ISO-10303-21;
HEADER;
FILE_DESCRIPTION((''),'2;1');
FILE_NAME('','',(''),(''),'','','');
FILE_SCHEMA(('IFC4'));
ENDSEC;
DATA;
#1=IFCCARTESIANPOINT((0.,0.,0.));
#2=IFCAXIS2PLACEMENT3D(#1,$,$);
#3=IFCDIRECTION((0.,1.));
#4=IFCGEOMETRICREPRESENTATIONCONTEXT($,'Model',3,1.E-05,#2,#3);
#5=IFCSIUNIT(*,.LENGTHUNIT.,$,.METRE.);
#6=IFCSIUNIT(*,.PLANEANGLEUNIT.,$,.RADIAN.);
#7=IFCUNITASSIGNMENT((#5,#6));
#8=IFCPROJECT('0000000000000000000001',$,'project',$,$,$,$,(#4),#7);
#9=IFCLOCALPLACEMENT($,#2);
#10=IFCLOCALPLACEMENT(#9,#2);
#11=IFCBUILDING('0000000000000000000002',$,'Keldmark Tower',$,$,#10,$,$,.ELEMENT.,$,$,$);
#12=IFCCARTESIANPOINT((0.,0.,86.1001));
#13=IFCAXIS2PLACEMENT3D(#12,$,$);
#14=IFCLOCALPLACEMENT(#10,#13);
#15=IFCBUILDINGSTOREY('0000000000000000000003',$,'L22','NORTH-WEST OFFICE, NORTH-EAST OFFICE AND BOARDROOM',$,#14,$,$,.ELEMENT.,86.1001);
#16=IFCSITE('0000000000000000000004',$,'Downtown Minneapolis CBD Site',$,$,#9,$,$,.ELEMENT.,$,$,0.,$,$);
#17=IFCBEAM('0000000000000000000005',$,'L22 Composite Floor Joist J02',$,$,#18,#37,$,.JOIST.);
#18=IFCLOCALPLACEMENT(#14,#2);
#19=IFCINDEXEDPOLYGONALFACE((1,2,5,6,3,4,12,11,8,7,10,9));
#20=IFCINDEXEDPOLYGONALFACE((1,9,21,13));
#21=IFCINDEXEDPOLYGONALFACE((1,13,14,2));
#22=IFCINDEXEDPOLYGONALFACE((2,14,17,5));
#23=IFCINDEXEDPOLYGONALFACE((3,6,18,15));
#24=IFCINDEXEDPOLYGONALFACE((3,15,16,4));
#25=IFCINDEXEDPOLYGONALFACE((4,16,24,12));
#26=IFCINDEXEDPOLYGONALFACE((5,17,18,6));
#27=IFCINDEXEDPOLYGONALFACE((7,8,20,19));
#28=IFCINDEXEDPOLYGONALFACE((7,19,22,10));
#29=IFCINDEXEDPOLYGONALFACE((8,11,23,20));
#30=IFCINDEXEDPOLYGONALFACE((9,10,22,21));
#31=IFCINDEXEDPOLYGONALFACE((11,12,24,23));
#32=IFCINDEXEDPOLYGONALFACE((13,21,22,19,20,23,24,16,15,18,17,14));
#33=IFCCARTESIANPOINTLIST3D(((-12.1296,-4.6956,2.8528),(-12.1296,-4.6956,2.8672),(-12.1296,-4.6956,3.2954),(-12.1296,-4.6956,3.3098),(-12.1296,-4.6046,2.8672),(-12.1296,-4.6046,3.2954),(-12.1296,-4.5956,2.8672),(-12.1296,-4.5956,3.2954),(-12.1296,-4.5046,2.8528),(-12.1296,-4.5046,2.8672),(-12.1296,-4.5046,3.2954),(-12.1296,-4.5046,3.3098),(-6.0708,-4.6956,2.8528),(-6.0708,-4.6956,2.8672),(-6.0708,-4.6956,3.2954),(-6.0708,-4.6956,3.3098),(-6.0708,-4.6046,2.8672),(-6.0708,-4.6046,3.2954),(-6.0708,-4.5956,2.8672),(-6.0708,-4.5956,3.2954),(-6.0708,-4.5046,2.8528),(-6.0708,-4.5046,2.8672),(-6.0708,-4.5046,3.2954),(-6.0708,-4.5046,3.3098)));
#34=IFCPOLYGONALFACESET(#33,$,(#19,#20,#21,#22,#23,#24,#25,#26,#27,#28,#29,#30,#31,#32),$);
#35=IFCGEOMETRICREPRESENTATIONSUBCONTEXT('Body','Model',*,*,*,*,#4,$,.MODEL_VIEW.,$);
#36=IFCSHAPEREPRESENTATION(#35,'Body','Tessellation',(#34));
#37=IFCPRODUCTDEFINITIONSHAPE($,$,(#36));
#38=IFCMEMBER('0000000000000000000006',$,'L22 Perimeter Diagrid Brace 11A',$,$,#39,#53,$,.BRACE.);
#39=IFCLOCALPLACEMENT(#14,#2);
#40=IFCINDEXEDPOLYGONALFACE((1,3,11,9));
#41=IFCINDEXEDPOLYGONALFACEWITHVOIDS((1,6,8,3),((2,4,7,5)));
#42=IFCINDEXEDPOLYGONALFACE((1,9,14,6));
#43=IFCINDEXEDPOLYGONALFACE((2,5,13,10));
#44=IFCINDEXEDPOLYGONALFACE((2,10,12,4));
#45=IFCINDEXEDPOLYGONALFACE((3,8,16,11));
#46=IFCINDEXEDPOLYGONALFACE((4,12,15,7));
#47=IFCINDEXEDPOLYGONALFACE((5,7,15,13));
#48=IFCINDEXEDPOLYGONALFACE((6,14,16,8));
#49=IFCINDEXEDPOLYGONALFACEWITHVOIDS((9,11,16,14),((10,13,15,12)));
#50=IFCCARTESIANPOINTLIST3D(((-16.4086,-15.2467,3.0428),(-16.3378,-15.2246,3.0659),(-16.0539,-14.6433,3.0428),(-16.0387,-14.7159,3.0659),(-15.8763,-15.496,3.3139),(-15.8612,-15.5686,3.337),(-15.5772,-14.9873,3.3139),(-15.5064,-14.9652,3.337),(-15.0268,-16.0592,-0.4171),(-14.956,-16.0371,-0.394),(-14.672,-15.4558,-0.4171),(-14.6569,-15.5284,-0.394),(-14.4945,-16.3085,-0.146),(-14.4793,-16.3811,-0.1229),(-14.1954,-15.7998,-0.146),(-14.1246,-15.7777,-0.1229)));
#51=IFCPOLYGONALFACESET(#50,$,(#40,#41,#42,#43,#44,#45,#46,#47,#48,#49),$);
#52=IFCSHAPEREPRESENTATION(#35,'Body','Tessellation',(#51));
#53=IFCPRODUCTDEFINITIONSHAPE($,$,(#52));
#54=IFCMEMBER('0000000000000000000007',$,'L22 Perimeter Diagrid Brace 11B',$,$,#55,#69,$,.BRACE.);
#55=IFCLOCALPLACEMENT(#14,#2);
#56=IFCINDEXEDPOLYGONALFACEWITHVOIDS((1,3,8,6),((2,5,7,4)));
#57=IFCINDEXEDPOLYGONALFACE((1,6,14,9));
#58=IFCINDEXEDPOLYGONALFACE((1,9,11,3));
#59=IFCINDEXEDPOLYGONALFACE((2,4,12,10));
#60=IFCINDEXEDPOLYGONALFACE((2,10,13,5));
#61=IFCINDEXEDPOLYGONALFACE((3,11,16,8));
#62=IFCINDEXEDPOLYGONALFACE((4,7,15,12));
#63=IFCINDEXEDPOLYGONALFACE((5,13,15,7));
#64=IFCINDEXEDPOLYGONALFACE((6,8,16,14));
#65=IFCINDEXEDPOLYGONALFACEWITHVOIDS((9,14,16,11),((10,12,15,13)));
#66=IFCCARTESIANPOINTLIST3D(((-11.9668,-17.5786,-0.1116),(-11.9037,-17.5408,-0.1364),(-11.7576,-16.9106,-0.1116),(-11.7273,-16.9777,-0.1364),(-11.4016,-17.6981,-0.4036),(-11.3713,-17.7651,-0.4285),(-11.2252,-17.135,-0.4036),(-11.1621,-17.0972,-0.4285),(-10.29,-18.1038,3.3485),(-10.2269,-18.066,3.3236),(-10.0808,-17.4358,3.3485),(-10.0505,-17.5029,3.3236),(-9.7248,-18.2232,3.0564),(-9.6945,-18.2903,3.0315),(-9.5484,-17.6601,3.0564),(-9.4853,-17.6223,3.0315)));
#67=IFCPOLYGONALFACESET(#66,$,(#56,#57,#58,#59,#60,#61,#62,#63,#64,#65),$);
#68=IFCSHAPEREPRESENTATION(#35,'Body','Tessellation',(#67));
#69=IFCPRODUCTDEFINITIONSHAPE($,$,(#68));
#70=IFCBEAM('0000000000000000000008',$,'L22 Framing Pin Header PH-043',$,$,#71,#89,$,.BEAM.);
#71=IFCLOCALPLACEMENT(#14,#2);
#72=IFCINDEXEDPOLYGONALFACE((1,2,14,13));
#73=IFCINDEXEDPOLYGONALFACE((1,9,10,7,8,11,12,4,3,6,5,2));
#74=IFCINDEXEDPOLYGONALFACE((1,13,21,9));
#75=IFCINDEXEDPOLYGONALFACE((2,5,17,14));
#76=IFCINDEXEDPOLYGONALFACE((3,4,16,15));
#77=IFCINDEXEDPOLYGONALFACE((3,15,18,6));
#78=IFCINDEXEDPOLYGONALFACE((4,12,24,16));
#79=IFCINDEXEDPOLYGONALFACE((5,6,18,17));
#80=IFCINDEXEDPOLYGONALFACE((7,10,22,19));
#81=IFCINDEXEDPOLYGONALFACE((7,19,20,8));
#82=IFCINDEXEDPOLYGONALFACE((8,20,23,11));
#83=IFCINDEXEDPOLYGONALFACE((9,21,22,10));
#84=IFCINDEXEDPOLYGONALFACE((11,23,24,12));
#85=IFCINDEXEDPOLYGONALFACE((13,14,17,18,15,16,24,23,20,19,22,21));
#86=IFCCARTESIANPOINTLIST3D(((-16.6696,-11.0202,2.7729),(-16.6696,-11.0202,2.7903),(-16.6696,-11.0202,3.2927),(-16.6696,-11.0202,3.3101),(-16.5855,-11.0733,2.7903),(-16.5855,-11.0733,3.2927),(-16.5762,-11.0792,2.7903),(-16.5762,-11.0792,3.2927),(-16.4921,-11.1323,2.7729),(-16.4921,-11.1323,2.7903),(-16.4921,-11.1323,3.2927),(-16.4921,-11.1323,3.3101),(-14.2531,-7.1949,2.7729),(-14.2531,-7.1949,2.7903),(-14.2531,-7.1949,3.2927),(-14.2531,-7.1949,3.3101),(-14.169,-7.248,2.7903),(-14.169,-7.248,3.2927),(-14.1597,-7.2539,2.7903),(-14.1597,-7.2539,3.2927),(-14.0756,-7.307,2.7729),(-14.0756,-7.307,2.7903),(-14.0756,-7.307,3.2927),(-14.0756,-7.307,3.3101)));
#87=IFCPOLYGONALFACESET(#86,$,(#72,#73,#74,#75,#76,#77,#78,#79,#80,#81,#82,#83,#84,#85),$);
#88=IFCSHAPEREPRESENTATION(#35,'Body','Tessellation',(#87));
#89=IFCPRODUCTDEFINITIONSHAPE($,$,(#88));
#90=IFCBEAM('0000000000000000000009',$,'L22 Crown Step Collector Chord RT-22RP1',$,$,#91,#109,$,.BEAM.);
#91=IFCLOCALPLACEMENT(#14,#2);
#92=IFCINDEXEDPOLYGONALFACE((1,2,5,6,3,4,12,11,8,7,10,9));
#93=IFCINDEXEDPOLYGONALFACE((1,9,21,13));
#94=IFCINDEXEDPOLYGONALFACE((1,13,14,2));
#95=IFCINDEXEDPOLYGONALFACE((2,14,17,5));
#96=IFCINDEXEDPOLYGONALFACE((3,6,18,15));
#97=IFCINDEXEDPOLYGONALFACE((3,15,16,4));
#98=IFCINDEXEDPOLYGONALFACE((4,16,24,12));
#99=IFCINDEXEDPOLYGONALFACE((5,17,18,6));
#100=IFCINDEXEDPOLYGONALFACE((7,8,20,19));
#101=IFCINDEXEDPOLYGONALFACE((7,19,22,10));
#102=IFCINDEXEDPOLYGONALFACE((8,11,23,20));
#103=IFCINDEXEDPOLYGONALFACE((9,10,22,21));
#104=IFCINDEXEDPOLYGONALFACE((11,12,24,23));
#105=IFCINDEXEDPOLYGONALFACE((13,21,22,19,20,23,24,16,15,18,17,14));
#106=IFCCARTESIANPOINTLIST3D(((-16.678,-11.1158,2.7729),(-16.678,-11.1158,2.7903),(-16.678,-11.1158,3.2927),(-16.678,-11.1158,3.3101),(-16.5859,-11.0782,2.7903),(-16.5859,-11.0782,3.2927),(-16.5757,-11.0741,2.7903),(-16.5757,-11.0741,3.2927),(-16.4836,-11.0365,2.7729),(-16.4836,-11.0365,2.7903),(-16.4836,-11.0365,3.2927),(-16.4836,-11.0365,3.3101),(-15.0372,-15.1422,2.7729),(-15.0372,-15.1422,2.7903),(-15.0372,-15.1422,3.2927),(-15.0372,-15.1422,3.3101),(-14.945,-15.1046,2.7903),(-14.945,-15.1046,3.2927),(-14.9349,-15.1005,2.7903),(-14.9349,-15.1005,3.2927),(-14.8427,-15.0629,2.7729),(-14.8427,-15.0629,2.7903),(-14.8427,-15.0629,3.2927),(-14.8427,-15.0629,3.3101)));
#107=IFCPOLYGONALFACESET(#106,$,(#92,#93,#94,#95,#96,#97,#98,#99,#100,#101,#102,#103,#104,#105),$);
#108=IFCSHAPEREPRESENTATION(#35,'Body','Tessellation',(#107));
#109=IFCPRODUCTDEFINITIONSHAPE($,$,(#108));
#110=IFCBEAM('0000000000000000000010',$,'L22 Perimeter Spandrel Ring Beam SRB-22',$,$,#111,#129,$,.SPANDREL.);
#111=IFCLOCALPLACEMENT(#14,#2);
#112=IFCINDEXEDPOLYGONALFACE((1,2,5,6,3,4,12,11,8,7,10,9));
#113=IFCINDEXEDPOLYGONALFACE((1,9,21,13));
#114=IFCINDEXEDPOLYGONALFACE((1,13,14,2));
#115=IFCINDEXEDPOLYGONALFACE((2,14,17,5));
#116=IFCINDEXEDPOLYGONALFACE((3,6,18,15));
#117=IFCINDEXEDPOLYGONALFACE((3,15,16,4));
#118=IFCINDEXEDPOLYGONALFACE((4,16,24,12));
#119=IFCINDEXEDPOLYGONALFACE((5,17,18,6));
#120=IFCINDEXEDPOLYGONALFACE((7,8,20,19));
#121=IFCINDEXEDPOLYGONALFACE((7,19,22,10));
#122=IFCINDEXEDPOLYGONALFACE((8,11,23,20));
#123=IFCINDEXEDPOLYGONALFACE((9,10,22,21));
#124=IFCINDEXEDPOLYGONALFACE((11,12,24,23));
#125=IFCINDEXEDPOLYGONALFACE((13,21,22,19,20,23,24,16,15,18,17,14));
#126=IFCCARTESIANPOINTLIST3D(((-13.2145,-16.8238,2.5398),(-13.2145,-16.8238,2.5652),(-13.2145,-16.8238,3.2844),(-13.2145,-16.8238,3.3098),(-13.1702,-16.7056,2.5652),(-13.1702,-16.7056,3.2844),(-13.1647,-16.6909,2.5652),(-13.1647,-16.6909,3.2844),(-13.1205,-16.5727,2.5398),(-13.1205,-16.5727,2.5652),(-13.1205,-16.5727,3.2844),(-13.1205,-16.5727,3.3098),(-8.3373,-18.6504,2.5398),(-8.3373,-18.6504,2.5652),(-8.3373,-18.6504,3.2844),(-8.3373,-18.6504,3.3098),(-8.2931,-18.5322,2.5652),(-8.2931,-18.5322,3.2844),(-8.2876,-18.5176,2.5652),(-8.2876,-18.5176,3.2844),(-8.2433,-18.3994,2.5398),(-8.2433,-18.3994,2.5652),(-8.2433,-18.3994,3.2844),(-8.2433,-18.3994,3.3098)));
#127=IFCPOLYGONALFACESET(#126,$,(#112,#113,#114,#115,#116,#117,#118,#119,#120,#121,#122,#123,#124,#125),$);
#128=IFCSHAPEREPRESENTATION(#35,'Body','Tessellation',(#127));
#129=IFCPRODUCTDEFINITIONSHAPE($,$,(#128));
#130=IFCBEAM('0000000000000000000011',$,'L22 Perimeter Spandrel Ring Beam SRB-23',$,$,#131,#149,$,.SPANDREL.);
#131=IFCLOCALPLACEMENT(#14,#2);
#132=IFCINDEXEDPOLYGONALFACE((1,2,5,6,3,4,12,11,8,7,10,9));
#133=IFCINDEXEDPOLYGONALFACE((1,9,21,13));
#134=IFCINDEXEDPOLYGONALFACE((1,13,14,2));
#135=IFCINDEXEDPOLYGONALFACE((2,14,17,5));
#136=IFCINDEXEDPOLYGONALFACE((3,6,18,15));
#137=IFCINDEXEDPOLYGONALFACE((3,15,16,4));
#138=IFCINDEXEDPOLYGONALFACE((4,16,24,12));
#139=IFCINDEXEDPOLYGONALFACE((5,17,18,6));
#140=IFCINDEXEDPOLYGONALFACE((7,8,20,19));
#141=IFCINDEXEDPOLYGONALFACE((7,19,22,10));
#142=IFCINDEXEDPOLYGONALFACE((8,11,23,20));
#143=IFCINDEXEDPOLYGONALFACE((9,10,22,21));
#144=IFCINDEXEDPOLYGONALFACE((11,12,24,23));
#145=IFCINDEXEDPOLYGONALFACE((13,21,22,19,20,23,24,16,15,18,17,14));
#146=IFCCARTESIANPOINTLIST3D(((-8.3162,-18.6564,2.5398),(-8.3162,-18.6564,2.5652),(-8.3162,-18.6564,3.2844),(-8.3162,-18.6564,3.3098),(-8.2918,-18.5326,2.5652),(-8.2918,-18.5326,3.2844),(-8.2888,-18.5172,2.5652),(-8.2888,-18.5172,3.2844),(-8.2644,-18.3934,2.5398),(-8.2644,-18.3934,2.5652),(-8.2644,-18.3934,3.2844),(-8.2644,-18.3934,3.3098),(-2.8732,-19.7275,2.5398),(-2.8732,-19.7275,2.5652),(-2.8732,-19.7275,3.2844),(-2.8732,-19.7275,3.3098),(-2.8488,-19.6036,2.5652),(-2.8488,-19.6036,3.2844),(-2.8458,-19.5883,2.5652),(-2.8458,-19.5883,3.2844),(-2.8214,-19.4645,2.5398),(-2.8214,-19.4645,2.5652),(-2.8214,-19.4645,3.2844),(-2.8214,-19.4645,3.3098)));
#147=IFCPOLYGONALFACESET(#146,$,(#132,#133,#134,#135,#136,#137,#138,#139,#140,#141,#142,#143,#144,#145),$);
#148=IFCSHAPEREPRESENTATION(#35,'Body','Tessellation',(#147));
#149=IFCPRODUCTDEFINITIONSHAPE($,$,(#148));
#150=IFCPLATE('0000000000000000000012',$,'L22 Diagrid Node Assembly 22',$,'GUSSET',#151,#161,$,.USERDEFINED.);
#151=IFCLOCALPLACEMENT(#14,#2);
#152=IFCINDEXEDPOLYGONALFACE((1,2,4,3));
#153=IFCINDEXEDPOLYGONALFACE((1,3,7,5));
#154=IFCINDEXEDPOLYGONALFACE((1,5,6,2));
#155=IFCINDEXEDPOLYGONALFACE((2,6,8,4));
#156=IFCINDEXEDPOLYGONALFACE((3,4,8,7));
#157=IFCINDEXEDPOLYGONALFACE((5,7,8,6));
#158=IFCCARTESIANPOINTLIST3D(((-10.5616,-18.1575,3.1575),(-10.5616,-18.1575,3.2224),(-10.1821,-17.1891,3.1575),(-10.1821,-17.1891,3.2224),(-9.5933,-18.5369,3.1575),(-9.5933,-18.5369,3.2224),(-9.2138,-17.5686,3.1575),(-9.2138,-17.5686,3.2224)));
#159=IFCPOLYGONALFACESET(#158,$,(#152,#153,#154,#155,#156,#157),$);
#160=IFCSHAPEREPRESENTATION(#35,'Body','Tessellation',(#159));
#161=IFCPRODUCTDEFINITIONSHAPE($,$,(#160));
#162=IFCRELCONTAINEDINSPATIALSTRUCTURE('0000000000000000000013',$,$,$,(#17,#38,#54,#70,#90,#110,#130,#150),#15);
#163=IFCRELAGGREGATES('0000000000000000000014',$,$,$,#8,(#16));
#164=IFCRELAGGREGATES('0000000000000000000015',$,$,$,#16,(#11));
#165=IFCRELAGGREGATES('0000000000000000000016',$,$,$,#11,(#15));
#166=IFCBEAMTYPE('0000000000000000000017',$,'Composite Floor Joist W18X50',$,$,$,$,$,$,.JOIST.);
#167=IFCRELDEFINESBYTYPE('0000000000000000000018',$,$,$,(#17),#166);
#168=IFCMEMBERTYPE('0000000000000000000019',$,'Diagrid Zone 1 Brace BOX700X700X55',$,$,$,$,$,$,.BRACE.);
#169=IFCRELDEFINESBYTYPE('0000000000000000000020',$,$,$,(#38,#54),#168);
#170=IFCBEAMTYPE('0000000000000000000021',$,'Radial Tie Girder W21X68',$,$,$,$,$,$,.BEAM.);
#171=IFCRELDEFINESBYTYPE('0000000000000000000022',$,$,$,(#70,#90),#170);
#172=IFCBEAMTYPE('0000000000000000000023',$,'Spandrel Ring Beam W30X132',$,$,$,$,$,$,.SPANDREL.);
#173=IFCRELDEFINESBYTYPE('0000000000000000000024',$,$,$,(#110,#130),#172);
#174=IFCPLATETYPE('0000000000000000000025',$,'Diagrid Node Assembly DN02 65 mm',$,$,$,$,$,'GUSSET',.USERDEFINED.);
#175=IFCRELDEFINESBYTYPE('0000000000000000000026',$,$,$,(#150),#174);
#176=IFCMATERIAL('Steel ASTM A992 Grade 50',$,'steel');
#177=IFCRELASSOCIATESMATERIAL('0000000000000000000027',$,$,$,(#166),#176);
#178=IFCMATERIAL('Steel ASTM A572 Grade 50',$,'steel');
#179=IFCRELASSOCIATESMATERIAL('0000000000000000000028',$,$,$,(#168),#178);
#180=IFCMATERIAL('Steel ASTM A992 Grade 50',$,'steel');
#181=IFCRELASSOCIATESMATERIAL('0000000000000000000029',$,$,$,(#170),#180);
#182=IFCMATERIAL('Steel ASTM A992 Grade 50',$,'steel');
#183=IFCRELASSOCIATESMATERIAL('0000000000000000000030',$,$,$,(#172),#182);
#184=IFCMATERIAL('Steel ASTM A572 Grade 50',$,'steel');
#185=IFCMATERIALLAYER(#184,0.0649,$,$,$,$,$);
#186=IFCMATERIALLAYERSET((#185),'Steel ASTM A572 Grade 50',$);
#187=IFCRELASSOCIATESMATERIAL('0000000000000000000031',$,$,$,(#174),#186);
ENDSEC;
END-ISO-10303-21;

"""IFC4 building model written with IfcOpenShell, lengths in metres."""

from ifc_helpers import new_model, si_unit, direction, frame, origin, origin_2d, place, context, subcontext, project, spatial, rectangle, hollow_rectangle, i_section, extrude, material, layer, layer_set, material_profile, profile_set, type_object, element, save


model = new_model("IFC4")

# Units and contexts
model_context = context("Model", 3, precision=1e-05, world=origin(), true_north=direction((0.0, 1.0)))
body_context = subcontext(model_context, "Body", "Model", "MODEL_VIEW")
ifc_project = project(units=[si_unit("LENGTHUNIT", "METRE"), si_unit("PLANEANGLEUNIT", "RADIAN")], contexts=[model_context])

# Site, building, storey
site_placement = place(None, origin())
site = spatial("IfcSite", under=ifc_project, at=site_placement, Name="Downtown Minneapolis CBD Site", CompositionType="ELEMENT", RefElevation=0.0)
building_placement = place(site_placement, origin())
building = spatial("IfcBuilding", under=site, at=building_placement, Name="Keldmark Tower", CompositionType="ELEMENT")
storey_placement = place(building_placement, frame((0.0, 0.0, 86.1001)))
storey = spatial("IfcBuildingStorey", under=building, at=storey_placement, Name="L22", Description="NORTH-WEST OFFICE, NORTH-EAST OFFICE AND BOARDROOM", CompositionType="ELEMENT", Elevation=86.1001)

# Beam
ifc_material_1 = material(Name="Steel ASTM A992 Grade 50", Category="steel")
ifc_material_profile_1 = material_profile(ifc_material_1, i_section(OverallWidth=0.1909, OverallDepth=0.457, WebThickness=0.009, FlangeThickness=0.0144, at=origin_2d()), Name="W18X50")
ifc_profile_set_1 = profile_set([ifc_material_profile_1], Name="Steel ASTM A992 Grade 50")
beam_type_1 = type_object("IfcBeamType", Name="Composite Floor Joist W18X50", PredefinedType="JOIST", material=ifc_profile_set_1)
beam_1_placement = place(storey_placement, frame((-12.1296, -4.6001, 3.0813), z_axis=(1.0, 0.0, 0.0), x_axis=(0.0, 1.0, 0.0)))
element("IfcBeam", 1, at=beam_1_placement, inside=storey, type_object=beam_type_1, Name="L22 Composite Floor Joist J02", PredefinedType="JOIST", context=body_context, shape_type="SweptSolid", body=[
    extrude(i_section(OverallWidth=0.1909, OverallDepth=0.457, WebThickness=0.009, FlangeThickness=0.0144, at=origin_2d()), origin(), (0.0, 0.0, 1.0), 6.0588),
])

# Members
ifc_material_2 = material(Name="Steel ASTM A572 Grade 50", Category="steel")
ifc_material_profile_2 = material_profile(ifc_material_2, hollow_rectangle(XDim=0.7, YDim=0.7, WallThickness=0.0549, at=origin_2d()), Name="BOX700X700X55")
ifc_profile_set_2 = profile_set([ifc_material_profile_2], Name="Steel ASTM A572 Grade 50")
member_type = type_object("IfcMemberType", Name="Diagrid Zone 1 Brace BOX700X700X55", PredefinedType="BRACE", material=ifc_profile_set_2)
member_1_placement = place(storey_placement, frame((-14.5757, -15.9185, -0.27), z_axis=(-0.362376, 0.213072, 0.90735), x_axis=(-0.50686, -0.862028, 0.0)))
element("IfcMember", 2, at=member_1_placement, inside=storey, type_object=member_type, Name="L22 Perimeter Diagrid Brace 11A", PredefinedType="BRACE", context=body_context, shape_type="SweptSolid", body=[
    extrude(hollow_rectangle(XDim=0.7, YDim=0.7, WallThickness=0.0549, at=origin_2d()), origin(), (0.0, 0.0, 1.0), 3.8132),
])
member_2_placement = place(storey_placement, frame((-11.5645, -17.3379, -0.27), z_axis=(0.432093, -0.135328, 0.891617), x_axis=(0.298876, 0.954292, 0.0)))
element("IfcMember", 3, at=member_2_placement, inside=storey, type_object=member_type, Name="L22 Perimeter Diagrid Brace 11B", PredefinedType="BRACE", context=body_context, shape_type="SweptSolid", body=[
    extrude(hollow_rectangle(XDim=0.7, YDim=0.7, WallThickness=0.0549, at=origin_2d()), origin(), (0.0, 0.0, 1.0), 3.8806),
])

# Beams
ifc_material_3 = material(Name="Steel ASTM A992 Grade 50", Category="steel")
ifc_material_profile_3 = material_profile(ifc_material_3, i_section(OverallWidth=0.21, OverallDepth=0.5371, WebThickness=0.011, FlangeThickness=0.0173, at=origin_2d()), Name="W21X68")
ifc_profile_set_3 = profile_set([ifc_material_profile_3], Name="Steel ASTM A992 Grade 50")
beam_type_2 = type_object("IfcBeamType", Name="Radial Tie Girder W21X68", PredefinedType="BEAM", material=ifc_profile_set_3)
beam_2_placement = place(storey_placement, frame((-14.1643, -7.251, 3.0415), z_axis=(-0.534086, -0.84543, 0.0), x_axis=(0.84543, -0.534086, 0.0)))
element("IfcBeam", 4, at=beam_2_placement, inside=storey, type_object=beam_type_2, Name="L22 Framing Pin Header PH-043", PredefinedType="BEAM", context=body_context, shape_type="SweptSolid", body=[
    extrude(i_section(OverallWidth=0.21, OverallDepth=0.5371, WebThickness=0.011, FlangeThickness=0.0173, at=origin_2d()), origin(), (0.0, 0.0, 1.0), 4.5247),
])
beam_3_placement = place(storey_placement, frame((-14.9399, -15.1025, 3.0415), z_axis=(-0.377395, 0.926052, 0.0), x_axis=(-0.926052, -0.377395, 0.0)))
element("IfcBeam", 5, at=beam_3_placement, inside=storey, type_object=beam_type_2, Name="L22 Crown Step Collector Chord RT-22RP1", PredefinedType="BEAM", context=body_context, shape_type="SweptSolid", body=[
    extrude(i_section(OverallWidth=0.21, OverallDepth=0.5371, WebThickness=0.011, FlangeThickness=0.0173, at=origin_2d()), origin(), (0.0, 0.0, 1.0), 4.3479),
])
ifc_material_4 = material(Name="Steel ASTM A992 Grade 50", Category="steel")
ifc_material_profile_4 = material_profile(ifc_material_4, i_section(OverallWidth=0.2681, OverallDepth=0.77, WebThickness=0.0156, FlangeThickness=0.0254, at=origin_2d()), Name="W30X132")
ifc_profile_set_4 = profile_set([ifc_material_profile_4], Name="Steel ASTM A992 Grade 50")
beam_type_3 = type_object("IfcBeamType", Name="Spandrel Ring Beam W30X132", PredefinedType="SPANDREL", material=ifc_profile_set_4)
beam_4_placement = place(storey_placement, frame((-13.1675, -16.6982, 2.9248), z_axis=(0.936474, -0.350738, 0.0), x_axis=(0.350738, 0.936474, 0.0)))
element("IfcBeam", 6, at=beam_4_placement, inside=storey, type_object=beam_type_3, Name="L22 Perimeter Spandrel Ring Beam SRB-22", PredefinedType="SPANDREL", context=body_context, shape_type="SweptSolid", body=[
    extrude(i_section(OverallWidth=0.2681, OverallDepth=0.77, WebThickness=0.0156, FlangeThickness=0.0254, at=origin_2d()), origin(), (0.0, 0.0, 1.0), 5.208),
])
beam_5_placement = place(storey_placement, frame((-8.2903, -18.5249, 2.9248), z_axis=(0.981184, -0.193077, 0.0), x_axis=(0.193077, 0.981184, 0.0)))
element("IfcBeam", 7, at=beam_5_placement, inside=storey, type_object=beam_type_3, Name="L22 Perimeter Spandrel Ring Beam SRB-23", PredefinedType="SPANDREL", context=body_context, shape_type="SweptSolid", body=[
    extrude(i_section(OverallWidth=0.2681, OverallDepth=0.77, WebThickness=0.0156, FlangeThickness=0.0254, at=origin_2d()), origin(), (0.0, 0.0, 1.0), 5.5474),
])

# Plate
ifc_material_5 = material(Name="Steel ASTM A572 Grade 50", Category="steel")
ifc_layer_1 = layer(ifc_material_5, 0.0649)
ifc_layer_set_1 = layer_set([ifc_layer_1], Name="Steel ASTM A572 Grade 50")
plate_type = type_object("IfcPlateType", Name="Diagrid Node Assembly DN02 65 mm", ElementType="GUSSET", PredefinedType="USERDEFINED", material=ifc_layer_set_1)
plate_placement = place(storey_placement, frame((-9.8877, -17.863, 3.1575), z_axis=(0.0, 0.0, 1.0), x_axis=(0.931056, -0.364877, 0.0)))
element("IfcPlate", 8, at=plate_placement, inside=storey, type_object=plate_type, Name="L22 Diagrid Node Assembly 22", ObjectType="GUSSET", PredefinedType="USERDEFINED", context=body_context, shape_type="SweptSolid", body=[
    extrude(rectangle(XDim=1.04, YDim=1.04, at=origin_2d()), origin(), (0.0, 0.0, 1.0), 0.0649),
])

save(model, "model.ifc")
